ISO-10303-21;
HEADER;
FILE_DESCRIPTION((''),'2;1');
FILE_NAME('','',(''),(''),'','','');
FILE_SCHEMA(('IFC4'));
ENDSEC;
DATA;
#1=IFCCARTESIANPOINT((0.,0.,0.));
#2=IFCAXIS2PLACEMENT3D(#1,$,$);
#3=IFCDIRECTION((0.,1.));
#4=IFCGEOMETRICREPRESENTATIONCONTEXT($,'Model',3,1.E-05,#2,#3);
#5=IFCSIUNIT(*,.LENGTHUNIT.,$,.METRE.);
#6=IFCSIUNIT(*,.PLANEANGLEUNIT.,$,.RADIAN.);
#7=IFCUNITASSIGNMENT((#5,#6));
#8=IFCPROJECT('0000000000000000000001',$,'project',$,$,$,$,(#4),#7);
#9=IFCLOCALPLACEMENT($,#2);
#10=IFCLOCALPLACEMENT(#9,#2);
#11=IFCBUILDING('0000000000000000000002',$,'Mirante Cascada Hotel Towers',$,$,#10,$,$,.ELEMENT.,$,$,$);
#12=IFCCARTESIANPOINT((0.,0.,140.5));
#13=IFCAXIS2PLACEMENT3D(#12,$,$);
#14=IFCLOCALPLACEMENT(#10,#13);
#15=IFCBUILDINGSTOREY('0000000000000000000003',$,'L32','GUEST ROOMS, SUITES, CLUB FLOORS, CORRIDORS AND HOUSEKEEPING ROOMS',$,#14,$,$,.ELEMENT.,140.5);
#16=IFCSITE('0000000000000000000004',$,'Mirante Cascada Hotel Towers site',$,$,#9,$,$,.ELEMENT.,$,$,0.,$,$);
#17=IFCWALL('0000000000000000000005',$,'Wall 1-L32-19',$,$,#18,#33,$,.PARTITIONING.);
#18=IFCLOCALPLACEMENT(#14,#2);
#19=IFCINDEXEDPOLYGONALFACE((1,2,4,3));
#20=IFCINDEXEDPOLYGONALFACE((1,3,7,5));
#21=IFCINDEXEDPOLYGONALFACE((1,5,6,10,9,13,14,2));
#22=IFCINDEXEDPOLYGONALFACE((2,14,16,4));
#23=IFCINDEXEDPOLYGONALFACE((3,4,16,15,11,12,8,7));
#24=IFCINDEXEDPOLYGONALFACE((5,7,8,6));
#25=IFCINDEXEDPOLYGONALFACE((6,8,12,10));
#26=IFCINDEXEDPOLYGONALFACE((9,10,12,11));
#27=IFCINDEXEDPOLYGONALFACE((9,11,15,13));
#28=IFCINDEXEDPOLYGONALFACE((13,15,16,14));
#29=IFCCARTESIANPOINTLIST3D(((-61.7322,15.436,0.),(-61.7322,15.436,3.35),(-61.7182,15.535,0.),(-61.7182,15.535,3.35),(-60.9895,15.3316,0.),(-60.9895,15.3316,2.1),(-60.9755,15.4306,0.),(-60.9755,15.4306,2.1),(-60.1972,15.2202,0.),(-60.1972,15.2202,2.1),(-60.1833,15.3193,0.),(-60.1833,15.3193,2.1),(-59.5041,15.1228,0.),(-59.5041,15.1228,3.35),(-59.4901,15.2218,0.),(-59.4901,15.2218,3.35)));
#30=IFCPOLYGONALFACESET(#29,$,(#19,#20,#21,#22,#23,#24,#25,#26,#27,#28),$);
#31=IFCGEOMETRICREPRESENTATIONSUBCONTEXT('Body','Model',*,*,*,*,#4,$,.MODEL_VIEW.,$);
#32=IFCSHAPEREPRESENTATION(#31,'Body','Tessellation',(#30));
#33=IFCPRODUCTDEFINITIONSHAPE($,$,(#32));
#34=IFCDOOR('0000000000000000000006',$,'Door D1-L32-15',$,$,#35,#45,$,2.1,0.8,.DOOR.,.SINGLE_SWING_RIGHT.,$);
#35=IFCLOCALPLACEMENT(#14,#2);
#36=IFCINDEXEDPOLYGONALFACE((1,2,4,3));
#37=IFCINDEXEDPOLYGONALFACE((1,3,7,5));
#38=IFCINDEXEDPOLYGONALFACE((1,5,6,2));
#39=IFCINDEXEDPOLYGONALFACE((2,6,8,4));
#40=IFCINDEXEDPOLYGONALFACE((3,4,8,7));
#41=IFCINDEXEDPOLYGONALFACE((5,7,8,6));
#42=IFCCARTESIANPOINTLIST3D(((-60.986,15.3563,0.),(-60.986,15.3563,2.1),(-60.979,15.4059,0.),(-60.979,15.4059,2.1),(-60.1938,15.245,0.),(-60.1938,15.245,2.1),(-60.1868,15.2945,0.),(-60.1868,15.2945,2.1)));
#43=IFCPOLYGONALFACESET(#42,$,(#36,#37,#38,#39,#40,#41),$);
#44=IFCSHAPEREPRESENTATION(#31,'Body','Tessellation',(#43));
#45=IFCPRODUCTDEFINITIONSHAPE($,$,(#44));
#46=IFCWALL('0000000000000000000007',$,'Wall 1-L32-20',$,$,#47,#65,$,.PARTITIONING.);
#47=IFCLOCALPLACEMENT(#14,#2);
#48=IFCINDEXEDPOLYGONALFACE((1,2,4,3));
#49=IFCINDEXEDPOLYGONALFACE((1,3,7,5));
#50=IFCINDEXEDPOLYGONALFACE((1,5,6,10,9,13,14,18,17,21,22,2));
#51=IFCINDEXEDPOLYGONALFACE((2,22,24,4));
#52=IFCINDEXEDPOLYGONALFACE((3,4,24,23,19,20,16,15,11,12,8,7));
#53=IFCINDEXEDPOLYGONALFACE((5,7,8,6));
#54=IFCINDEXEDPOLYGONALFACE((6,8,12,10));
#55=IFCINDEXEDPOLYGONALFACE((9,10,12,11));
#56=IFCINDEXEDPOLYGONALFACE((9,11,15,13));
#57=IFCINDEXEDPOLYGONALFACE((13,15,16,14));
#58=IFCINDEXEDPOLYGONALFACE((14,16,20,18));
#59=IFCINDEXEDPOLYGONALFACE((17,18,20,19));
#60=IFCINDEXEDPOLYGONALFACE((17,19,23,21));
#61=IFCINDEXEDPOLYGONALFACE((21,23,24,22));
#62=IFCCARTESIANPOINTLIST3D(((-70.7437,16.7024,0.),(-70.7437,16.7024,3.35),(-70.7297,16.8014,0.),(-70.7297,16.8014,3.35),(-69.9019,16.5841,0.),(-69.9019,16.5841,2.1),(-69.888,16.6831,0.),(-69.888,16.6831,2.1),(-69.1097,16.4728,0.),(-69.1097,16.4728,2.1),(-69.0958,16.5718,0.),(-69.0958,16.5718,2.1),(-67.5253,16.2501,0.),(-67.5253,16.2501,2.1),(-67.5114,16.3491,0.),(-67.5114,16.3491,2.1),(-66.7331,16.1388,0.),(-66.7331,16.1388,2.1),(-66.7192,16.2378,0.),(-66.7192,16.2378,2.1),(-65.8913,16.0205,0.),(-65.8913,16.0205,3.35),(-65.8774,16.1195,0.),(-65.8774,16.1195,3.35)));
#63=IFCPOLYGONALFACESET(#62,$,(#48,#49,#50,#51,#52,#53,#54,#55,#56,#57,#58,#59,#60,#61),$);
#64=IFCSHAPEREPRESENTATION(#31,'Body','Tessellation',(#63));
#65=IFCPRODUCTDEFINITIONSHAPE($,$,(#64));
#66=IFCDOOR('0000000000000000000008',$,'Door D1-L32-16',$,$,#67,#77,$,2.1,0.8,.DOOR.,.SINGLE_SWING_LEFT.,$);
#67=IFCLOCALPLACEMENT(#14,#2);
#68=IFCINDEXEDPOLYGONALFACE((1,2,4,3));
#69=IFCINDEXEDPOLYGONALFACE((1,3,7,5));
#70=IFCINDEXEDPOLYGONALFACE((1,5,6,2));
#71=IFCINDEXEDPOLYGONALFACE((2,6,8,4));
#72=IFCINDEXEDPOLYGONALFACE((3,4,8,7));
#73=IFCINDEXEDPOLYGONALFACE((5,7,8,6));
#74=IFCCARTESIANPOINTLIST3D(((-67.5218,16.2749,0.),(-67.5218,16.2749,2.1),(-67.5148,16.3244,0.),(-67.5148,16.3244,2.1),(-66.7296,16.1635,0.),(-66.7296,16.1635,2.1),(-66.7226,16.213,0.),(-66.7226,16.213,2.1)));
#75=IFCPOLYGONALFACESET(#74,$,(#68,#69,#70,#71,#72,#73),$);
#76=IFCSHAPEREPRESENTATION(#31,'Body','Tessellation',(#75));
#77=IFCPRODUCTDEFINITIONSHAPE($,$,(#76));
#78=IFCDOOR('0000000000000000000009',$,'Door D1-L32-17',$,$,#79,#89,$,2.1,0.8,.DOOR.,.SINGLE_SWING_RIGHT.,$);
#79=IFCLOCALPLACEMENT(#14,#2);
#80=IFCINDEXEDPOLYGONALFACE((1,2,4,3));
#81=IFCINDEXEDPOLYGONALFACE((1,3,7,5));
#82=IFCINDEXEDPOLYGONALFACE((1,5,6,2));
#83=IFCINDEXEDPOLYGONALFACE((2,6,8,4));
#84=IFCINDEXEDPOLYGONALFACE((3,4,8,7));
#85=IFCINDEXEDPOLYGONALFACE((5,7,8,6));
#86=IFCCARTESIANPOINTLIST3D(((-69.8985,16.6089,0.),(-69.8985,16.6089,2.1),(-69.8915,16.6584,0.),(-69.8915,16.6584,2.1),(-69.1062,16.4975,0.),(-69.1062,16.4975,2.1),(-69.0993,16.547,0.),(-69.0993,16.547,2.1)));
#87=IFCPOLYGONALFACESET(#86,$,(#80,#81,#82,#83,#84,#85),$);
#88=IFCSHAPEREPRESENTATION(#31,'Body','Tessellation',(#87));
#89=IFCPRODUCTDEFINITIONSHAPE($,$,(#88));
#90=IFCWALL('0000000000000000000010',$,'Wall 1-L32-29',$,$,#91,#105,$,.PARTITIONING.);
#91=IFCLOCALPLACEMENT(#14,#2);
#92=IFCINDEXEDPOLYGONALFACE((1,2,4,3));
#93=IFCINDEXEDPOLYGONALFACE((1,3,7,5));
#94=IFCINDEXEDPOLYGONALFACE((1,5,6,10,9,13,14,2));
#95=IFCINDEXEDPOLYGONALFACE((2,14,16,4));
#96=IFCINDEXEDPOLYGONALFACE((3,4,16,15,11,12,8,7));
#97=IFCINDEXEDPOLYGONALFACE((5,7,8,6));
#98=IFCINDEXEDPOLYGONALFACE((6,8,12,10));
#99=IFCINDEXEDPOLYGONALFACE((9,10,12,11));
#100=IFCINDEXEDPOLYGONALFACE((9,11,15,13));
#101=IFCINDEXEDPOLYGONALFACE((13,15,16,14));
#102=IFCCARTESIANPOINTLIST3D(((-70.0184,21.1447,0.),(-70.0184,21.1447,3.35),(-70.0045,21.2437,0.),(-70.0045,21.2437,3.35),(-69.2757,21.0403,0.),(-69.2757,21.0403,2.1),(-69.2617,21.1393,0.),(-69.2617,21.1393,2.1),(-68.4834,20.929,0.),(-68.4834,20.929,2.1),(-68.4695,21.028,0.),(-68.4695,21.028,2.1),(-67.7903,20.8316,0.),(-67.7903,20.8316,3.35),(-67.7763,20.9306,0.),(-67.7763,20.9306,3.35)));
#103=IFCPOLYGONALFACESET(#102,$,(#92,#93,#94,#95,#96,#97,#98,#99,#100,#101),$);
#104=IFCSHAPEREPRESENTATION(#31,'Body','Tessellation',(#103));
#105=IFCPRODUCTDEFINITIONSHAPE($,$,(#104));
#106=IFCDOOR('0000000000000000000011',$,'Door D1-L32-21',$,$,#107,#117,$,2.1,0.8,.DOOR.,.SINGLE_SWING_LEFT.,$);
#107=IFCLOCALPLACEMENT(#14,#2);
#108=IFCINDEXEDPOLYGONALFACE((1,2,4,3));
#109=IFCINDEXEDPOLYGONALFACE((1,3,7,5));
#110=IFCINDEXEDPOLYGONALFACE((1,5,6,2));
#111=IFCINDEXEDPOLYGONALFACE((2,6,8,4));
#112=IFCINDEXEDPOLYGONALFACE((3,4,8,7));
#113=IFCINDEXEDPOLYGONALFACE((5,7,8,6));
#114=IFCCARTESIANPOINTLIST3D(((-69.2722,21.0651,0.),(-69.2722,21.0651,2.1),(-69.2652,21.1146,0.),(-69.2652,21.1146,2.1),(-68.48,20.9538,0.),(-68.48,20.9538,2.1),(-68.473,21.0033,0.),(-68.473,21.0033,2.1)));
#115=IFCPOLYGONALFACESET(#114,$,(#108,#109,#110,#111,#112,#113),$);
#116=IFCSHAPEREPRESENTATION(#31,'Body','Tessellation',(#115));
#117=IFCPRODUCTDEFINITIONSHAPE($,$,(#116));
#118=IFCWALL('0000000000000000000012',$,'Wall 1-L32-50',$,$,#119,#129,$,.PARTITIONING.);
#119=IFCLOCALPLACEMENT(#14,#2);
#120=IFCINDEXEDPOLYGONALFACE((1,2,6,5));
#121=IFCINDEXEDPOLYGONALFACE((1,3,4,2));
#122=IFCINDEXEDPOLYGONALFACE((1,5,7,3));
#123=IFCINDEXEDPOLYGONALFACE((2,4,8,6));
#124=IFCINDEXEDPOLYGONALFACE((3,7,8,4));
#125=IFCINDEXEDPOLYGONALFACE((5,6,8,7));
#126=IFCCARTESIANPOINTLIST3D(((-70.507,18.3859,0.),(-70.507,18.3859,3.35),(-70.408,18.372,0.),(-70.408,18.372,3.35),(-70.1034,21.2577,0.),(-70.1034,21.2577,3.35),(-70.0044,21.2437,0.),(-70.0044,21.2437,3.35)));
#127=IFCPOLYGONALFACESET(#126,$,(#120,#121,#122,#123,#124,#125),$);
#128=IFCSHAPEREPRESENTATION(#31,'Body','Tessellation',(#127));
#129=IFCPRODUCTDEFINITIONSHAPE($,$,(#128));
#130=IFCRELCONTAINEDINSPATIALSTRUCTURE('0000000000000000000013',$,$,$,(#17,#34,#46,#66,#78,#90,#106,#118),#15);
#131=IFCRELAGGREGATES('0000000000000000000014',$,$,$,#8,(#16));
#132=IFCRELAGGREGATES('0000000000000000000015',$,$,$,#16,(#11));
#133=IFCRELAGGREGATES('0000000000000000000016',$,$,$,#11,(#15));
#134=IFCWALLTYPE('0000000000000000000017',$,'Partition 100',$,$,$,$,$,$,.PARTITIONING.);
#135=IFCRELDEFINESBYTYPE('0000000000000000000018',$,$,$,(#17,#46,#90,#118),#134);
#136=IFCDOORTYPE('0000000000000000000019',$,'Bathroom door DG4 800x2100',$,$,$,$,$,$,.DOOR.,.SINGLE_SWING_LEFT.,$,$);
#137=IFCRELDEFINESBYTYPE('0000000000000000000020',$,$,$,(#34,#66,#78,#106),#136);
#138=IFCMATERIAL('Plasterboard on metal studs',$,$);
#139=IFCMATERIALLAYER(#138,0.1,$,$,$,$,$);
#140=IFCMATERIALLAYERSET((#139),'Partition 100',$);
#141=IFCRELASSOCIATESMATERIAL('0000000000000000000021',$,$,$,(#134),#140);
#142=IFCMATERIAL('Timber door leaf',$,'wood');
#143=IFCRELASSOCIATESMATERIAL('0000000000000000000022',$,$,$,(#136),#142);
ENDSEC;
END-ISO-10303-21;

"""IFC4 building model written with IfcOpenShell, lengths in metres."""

from ifc_helpers import new_model, si_unit, direction, frame, frame_2d, origin, place, context, subcontext, project, spatial, rectangle, extrude, material, layer, layer_set, type_object, element, fill, save


model = new_model("IFC4")

# Units and contexts
model_context = context("Model", 3, precision=1e-05, world=origin(), true_north=direction((0.0, 1.0)))
body_context = subcontext(model_context, "Body", "Model", "MODEL_VIEW")
ifc_project = project(units=[si_unit("LENGTHUNIT", "METRE"), si_unit("PLANEANGLEUNIT", "RADIAN")], contexts=[model_context])

# Site, building, storey
site_placement = place(None, origin())
site = spatial("IfcSite", under=ifc_project, at=site_placement, Name="Mirante Cascada Hotel Towers site", CompositionType="ELEMENT", RefElevation=0.0)
building_placement = place(site_placement, origin())
building = spatial("IfcBuilding", under=site, at=building_placement, Name="Mirante Cascada Hotel Towers", CompositionType="ELEMENT")
storey_placement = place(building_placement, frame((0.0, 0.0, 140.5)))
storey = spatial("IfcBuildingStorey", under=building, at=storey_placement, Name="L32", Description="GUEST ROOMS, SUITES, CLUB FLOORS, CORRIDORS AND HOUSEKEEPING ROOMS", CompositionType="ELEMENT", Elevation=140.5)

# Wall, opening, door
ifc_material_1 = material(Name="Plasterboard on metal studs")
ifc_layer_1 = layer(ifc_material_1, 0.1)
ifc_layer_set_1 = layer_set([ifc_layer_1], Name="Partition 100")
wall_type_1 = type_object("IfcWallType", Name="Partition 100", PredefinedType="PARTITIONING", material=ifc_layer_set_1)
wall_1_placement = place(storey_placement, frame((-59.4971, 15.1723, 0.0), z_axis=(0.0, 0.0, 1.0), x_axis=(-0.990264, 0.1392, 0.0)))
wall_1 = element("IfcWall", 1, at=wall_1_placement, inside=storey, type_object=wall_type_1, Name="Wall 1-L32-19", PredefinedType="PARTITIONING", context=body_context, shape_type="SweptSolid", body=[
    extrude(rectangle(XDim=2.25, YDim=0.1, at=frame_2d((1.125, 0.0))), origin(), (0.0, 0.0, 1.0), 3.35),
])
opening_1_placement = place(wall_1_placement, frame((0.7, 0.0, 0.0)))
opening_1 = element("IfcOpeningElement", 2, at=opening_1_placement, cuts=wall_1, PredefinedType="OPENING", context=body_context, shape_type="SweptSolid", body=[
    extrude(rectangle(XDim=0.8, YDim=2.1, at=frame_2d((0.4, 1.05))), frame((0.0, 0.05, 0.0), z_axis=(0.0, -1.0, 0.0), x_axis=(1.0, 0.0, 0.0)), (0.0, 0.0, 1.0), 0.1),
])
ifc_material_2 = material(Name="Timber door leaf", Category="wood")
door_type = type_object("IfcDoorType", Name="Bathroom door DG4 800x2100", OperationType="SINGLE_SWING_LEFT", PredefinedType="DOOR", material=ifc_material_2)
door_1_placement = place(opening_1_placement, frame((0.8, 0.0, 0.0), z_axis=(0.0, 0.0, 1.0), x_axis=(-1.0, 0.0, 0.0)))
door_1 = element("IfcDoor", 3, at=door_1_placement, inside=storey, type_object=door_type, Name="Door D1-L32-15", OperationType="SINGLE_SWING_RIGHT", OverallHeight=2.1, OverallWidth=0.8, PredefinedType="DOOR", context=body_context, shape_type="SweptSolid", body=[
    extrude(rectangle(XDim=0.8, YDim=2.1, at=frame_2d((0.4, 1.05))), frame((0.0, 0.025, 0.0), z_axis=(0.0, -1.0, 0.0), x_axis=(1.0, 0.0, 0.0)), (0.0, 0.0, 1.0), 0.05),
])
fill(opening_1, door_1)

# Wall, openings, doors
wall_2_placement = place(storey_placement, frame((-70.7367, 16.7519, 0.0), z_axis=(0.0, 0.0, 1.0), x_axis=(0.990269, -0.139164, 0.0)))
wall_2 = element("IfcWall", 4, at=wall_2_placement, inside=storey, type_object=wall_type_1, Name="Wall 1-L32-20", PredefinedType="PARTITIONING", context=body_context, shape_type="SweptSolid", body=[
    extrude(rectangle(XDim=4.9, YDim=0.1, at=frame_2d((2.45, 0.0))), origin(), (0.0, 0.0, 1.0), 3.35),
])
opening_2_placement = place(wall_2_placement, frame((3.25, 0.0, 0.0)))
opening_2 = element("IfcOpeningElement", 5, at=opening_2_placement, cuts=wall_2, PredefinedType="OPENING", context=body_context, shape_type="SweptSolid", body=[
    extrude(rectangle(XDim=0.8, YDim=2.1, at=frame_2d((0.4, 1.05))), frame((0.0, 0.05, 0.0), z_axis=(0.0, -1.0, 0.0), x_axis=(1.0, 0.0, 0.0)), (0.0, 0.0, 1.0), 0.1),
])
opening_3_placement = place(wall_2_placement, frame((0.85, 0.0, 0.0)))
opening_3 = element("IfcOpeningElement", 6, at=opening_3_placement, cuts=wall_2, PredefinedType="OPENING", context=body_context, shape_type="SweptSolid", body=[
    extrude(rectangle(XDim=0.8, YDim=2.1, at=frame_2d((0.4, 1.05))), frame((0.0, 0.05, 0.0), z_axis=(0.0, -1.0, 0.0), x_axis=(1.0, 0.0, 0.0)), (0.0, 0.0, 1.0), 0.1),
])
door_2_placement = place(opening_2_placement, origin())
door_2 = element("IfcDoor", 7, at=door_2_placement, inside=storey, type_object=door_type, Name="Door D1-L32-16", OperationType="SINGLE_SWING_LEFT", OverallHeight=2.1, OverallWidth=0.8, PredefinedType="DOOR", context=body_context, shape_type="SweptSolid", body=[
    extrude(rectangle(XDim=0.8, YDim=2.1, at=frame_2d((0.4, 1.05))), frame((0.0, 0.025, 0.0), z_axis=(0.0, -1.0, 0.0), x_axis=(1.0, 0.0, 0.0)), (0.0, 0.0, 1.0), 0.05),
])
fill(opening_2, door_2)
door_3_placement = place(opening_3_placement, frame((0.8, 0.0, 0.0), z_axis=(0.0, 0.0, 1.0), x_axis=(-1.0, 0.0, 0.0)))
door_3 = element("IfcDoor", 8, at=door_3_placement, inside=storey, type_object=door_type, Name="Door D1-L32-17", OperationType="SINGLE_SWING_RIGHT", OverallHeight=2.1, OverallWidth=0.8, PredefinedType="DOOR", context=body_context, shape_type="SweptSolid", body=[
    extrude(rectangle(XDim=0.8, YDim=2.1, at=frame_2d((0.4, 1.05))), frame((0.0, 0.025, 0.0), z_axis=(0.0, -1.0, 0.0), x_axis=(1.0, 0.0, 0.0)), (0.0, 0.0, 1.0), 0.05),
])
fill(opening_3, door_3)

# Wall, opening, door
wall_3_placement = place(storey_placement, frame((-67.7833, 20.8811, 0.0), z_axis=(0.0, 0.0, 1.0), x_axis=(-0.990271, 0.139156, 0.0)))
wall_3 = element("IfcWall", 9, at=wall_3_placement, inside=storey, type_object=wall_type_1, Name="Wall 1-L32-29", PredefinedType="PARTITIONING", context=body_context, shape_type="SweptSolid", body=[
    extrude(rectangle(XDim=2.25, YDim=0.1, at=frame_2d((1.125, 0.0))), origin(), (0.0, 0.0, 1.0), 3.35),
])
opening_4_placement = place(wall_3_placement, frame((0.7, 0.0, 0.0)))
opening_4 = element("IfcOpeningElement", 10, at=opening_4_placement, cuts=wall_3, PredefinedType="OPENING", context=body_context, shape_type="SweptSolid", body=[
    extrude(rectangle(XDim=0.8, YDim=2.1, at=frame_2d((0.4, 1.05))), frame((0.0, 0.05, 0.0), z_axis=(0.0, -1.0, 0.0), x_axis=(1.0, 0.0, 0.0)), (0.0, 0.0, 1.0), 0.1),
])
door_4_placement = place(opening_4_placement, origin())
door_4 = element("IfcDoor", 11, at=door_4_placement, inside=storey, type_object=door_type, Name="Door D1-L32-21", OperationType="SINGLE_SWING_LEFT", OverallHeight=2.1, OverallWidth=0.8, PredefinedType="DOOR", context=body_context, shape_type="SweptSolid", body=[
    extrude(rectangle(XDim=0.8, YDim=2.1, at=frame_2d((0.4, 1.05))), frame((0.0, 0.025, 0.0), z_axis=(0.0, -1.0, 0.0), x_axis=(1.0, 0.0, 0.0)), (0.0, 0.0, 1.0), 0.05),
])
fill(opening_4, door_4)

# Wall
wall_4_placement = place(storey_placement, frame((-70.0539, 21.2507, 0.0), z_axis=(0.0, 0.0, 1.0), x_axis=(-0.139171, -0.990268, 0.0)))
element("IfcWall", 12, at=wall_4_placement, inside=storey, type_object=wall_type_1, Name="Wall 1-L32-50", PredefinedType="PARTITIONING", context=body_context, shape_type="SweptSolid", body=[
    extrude(rectangle(XDim=2.9, YDim=0.1, at=frame_2d((1.45, 0.0))), origin(), (0.0, 0.0, 1.0), 3.35),
])

save(model, "model.ifc")
